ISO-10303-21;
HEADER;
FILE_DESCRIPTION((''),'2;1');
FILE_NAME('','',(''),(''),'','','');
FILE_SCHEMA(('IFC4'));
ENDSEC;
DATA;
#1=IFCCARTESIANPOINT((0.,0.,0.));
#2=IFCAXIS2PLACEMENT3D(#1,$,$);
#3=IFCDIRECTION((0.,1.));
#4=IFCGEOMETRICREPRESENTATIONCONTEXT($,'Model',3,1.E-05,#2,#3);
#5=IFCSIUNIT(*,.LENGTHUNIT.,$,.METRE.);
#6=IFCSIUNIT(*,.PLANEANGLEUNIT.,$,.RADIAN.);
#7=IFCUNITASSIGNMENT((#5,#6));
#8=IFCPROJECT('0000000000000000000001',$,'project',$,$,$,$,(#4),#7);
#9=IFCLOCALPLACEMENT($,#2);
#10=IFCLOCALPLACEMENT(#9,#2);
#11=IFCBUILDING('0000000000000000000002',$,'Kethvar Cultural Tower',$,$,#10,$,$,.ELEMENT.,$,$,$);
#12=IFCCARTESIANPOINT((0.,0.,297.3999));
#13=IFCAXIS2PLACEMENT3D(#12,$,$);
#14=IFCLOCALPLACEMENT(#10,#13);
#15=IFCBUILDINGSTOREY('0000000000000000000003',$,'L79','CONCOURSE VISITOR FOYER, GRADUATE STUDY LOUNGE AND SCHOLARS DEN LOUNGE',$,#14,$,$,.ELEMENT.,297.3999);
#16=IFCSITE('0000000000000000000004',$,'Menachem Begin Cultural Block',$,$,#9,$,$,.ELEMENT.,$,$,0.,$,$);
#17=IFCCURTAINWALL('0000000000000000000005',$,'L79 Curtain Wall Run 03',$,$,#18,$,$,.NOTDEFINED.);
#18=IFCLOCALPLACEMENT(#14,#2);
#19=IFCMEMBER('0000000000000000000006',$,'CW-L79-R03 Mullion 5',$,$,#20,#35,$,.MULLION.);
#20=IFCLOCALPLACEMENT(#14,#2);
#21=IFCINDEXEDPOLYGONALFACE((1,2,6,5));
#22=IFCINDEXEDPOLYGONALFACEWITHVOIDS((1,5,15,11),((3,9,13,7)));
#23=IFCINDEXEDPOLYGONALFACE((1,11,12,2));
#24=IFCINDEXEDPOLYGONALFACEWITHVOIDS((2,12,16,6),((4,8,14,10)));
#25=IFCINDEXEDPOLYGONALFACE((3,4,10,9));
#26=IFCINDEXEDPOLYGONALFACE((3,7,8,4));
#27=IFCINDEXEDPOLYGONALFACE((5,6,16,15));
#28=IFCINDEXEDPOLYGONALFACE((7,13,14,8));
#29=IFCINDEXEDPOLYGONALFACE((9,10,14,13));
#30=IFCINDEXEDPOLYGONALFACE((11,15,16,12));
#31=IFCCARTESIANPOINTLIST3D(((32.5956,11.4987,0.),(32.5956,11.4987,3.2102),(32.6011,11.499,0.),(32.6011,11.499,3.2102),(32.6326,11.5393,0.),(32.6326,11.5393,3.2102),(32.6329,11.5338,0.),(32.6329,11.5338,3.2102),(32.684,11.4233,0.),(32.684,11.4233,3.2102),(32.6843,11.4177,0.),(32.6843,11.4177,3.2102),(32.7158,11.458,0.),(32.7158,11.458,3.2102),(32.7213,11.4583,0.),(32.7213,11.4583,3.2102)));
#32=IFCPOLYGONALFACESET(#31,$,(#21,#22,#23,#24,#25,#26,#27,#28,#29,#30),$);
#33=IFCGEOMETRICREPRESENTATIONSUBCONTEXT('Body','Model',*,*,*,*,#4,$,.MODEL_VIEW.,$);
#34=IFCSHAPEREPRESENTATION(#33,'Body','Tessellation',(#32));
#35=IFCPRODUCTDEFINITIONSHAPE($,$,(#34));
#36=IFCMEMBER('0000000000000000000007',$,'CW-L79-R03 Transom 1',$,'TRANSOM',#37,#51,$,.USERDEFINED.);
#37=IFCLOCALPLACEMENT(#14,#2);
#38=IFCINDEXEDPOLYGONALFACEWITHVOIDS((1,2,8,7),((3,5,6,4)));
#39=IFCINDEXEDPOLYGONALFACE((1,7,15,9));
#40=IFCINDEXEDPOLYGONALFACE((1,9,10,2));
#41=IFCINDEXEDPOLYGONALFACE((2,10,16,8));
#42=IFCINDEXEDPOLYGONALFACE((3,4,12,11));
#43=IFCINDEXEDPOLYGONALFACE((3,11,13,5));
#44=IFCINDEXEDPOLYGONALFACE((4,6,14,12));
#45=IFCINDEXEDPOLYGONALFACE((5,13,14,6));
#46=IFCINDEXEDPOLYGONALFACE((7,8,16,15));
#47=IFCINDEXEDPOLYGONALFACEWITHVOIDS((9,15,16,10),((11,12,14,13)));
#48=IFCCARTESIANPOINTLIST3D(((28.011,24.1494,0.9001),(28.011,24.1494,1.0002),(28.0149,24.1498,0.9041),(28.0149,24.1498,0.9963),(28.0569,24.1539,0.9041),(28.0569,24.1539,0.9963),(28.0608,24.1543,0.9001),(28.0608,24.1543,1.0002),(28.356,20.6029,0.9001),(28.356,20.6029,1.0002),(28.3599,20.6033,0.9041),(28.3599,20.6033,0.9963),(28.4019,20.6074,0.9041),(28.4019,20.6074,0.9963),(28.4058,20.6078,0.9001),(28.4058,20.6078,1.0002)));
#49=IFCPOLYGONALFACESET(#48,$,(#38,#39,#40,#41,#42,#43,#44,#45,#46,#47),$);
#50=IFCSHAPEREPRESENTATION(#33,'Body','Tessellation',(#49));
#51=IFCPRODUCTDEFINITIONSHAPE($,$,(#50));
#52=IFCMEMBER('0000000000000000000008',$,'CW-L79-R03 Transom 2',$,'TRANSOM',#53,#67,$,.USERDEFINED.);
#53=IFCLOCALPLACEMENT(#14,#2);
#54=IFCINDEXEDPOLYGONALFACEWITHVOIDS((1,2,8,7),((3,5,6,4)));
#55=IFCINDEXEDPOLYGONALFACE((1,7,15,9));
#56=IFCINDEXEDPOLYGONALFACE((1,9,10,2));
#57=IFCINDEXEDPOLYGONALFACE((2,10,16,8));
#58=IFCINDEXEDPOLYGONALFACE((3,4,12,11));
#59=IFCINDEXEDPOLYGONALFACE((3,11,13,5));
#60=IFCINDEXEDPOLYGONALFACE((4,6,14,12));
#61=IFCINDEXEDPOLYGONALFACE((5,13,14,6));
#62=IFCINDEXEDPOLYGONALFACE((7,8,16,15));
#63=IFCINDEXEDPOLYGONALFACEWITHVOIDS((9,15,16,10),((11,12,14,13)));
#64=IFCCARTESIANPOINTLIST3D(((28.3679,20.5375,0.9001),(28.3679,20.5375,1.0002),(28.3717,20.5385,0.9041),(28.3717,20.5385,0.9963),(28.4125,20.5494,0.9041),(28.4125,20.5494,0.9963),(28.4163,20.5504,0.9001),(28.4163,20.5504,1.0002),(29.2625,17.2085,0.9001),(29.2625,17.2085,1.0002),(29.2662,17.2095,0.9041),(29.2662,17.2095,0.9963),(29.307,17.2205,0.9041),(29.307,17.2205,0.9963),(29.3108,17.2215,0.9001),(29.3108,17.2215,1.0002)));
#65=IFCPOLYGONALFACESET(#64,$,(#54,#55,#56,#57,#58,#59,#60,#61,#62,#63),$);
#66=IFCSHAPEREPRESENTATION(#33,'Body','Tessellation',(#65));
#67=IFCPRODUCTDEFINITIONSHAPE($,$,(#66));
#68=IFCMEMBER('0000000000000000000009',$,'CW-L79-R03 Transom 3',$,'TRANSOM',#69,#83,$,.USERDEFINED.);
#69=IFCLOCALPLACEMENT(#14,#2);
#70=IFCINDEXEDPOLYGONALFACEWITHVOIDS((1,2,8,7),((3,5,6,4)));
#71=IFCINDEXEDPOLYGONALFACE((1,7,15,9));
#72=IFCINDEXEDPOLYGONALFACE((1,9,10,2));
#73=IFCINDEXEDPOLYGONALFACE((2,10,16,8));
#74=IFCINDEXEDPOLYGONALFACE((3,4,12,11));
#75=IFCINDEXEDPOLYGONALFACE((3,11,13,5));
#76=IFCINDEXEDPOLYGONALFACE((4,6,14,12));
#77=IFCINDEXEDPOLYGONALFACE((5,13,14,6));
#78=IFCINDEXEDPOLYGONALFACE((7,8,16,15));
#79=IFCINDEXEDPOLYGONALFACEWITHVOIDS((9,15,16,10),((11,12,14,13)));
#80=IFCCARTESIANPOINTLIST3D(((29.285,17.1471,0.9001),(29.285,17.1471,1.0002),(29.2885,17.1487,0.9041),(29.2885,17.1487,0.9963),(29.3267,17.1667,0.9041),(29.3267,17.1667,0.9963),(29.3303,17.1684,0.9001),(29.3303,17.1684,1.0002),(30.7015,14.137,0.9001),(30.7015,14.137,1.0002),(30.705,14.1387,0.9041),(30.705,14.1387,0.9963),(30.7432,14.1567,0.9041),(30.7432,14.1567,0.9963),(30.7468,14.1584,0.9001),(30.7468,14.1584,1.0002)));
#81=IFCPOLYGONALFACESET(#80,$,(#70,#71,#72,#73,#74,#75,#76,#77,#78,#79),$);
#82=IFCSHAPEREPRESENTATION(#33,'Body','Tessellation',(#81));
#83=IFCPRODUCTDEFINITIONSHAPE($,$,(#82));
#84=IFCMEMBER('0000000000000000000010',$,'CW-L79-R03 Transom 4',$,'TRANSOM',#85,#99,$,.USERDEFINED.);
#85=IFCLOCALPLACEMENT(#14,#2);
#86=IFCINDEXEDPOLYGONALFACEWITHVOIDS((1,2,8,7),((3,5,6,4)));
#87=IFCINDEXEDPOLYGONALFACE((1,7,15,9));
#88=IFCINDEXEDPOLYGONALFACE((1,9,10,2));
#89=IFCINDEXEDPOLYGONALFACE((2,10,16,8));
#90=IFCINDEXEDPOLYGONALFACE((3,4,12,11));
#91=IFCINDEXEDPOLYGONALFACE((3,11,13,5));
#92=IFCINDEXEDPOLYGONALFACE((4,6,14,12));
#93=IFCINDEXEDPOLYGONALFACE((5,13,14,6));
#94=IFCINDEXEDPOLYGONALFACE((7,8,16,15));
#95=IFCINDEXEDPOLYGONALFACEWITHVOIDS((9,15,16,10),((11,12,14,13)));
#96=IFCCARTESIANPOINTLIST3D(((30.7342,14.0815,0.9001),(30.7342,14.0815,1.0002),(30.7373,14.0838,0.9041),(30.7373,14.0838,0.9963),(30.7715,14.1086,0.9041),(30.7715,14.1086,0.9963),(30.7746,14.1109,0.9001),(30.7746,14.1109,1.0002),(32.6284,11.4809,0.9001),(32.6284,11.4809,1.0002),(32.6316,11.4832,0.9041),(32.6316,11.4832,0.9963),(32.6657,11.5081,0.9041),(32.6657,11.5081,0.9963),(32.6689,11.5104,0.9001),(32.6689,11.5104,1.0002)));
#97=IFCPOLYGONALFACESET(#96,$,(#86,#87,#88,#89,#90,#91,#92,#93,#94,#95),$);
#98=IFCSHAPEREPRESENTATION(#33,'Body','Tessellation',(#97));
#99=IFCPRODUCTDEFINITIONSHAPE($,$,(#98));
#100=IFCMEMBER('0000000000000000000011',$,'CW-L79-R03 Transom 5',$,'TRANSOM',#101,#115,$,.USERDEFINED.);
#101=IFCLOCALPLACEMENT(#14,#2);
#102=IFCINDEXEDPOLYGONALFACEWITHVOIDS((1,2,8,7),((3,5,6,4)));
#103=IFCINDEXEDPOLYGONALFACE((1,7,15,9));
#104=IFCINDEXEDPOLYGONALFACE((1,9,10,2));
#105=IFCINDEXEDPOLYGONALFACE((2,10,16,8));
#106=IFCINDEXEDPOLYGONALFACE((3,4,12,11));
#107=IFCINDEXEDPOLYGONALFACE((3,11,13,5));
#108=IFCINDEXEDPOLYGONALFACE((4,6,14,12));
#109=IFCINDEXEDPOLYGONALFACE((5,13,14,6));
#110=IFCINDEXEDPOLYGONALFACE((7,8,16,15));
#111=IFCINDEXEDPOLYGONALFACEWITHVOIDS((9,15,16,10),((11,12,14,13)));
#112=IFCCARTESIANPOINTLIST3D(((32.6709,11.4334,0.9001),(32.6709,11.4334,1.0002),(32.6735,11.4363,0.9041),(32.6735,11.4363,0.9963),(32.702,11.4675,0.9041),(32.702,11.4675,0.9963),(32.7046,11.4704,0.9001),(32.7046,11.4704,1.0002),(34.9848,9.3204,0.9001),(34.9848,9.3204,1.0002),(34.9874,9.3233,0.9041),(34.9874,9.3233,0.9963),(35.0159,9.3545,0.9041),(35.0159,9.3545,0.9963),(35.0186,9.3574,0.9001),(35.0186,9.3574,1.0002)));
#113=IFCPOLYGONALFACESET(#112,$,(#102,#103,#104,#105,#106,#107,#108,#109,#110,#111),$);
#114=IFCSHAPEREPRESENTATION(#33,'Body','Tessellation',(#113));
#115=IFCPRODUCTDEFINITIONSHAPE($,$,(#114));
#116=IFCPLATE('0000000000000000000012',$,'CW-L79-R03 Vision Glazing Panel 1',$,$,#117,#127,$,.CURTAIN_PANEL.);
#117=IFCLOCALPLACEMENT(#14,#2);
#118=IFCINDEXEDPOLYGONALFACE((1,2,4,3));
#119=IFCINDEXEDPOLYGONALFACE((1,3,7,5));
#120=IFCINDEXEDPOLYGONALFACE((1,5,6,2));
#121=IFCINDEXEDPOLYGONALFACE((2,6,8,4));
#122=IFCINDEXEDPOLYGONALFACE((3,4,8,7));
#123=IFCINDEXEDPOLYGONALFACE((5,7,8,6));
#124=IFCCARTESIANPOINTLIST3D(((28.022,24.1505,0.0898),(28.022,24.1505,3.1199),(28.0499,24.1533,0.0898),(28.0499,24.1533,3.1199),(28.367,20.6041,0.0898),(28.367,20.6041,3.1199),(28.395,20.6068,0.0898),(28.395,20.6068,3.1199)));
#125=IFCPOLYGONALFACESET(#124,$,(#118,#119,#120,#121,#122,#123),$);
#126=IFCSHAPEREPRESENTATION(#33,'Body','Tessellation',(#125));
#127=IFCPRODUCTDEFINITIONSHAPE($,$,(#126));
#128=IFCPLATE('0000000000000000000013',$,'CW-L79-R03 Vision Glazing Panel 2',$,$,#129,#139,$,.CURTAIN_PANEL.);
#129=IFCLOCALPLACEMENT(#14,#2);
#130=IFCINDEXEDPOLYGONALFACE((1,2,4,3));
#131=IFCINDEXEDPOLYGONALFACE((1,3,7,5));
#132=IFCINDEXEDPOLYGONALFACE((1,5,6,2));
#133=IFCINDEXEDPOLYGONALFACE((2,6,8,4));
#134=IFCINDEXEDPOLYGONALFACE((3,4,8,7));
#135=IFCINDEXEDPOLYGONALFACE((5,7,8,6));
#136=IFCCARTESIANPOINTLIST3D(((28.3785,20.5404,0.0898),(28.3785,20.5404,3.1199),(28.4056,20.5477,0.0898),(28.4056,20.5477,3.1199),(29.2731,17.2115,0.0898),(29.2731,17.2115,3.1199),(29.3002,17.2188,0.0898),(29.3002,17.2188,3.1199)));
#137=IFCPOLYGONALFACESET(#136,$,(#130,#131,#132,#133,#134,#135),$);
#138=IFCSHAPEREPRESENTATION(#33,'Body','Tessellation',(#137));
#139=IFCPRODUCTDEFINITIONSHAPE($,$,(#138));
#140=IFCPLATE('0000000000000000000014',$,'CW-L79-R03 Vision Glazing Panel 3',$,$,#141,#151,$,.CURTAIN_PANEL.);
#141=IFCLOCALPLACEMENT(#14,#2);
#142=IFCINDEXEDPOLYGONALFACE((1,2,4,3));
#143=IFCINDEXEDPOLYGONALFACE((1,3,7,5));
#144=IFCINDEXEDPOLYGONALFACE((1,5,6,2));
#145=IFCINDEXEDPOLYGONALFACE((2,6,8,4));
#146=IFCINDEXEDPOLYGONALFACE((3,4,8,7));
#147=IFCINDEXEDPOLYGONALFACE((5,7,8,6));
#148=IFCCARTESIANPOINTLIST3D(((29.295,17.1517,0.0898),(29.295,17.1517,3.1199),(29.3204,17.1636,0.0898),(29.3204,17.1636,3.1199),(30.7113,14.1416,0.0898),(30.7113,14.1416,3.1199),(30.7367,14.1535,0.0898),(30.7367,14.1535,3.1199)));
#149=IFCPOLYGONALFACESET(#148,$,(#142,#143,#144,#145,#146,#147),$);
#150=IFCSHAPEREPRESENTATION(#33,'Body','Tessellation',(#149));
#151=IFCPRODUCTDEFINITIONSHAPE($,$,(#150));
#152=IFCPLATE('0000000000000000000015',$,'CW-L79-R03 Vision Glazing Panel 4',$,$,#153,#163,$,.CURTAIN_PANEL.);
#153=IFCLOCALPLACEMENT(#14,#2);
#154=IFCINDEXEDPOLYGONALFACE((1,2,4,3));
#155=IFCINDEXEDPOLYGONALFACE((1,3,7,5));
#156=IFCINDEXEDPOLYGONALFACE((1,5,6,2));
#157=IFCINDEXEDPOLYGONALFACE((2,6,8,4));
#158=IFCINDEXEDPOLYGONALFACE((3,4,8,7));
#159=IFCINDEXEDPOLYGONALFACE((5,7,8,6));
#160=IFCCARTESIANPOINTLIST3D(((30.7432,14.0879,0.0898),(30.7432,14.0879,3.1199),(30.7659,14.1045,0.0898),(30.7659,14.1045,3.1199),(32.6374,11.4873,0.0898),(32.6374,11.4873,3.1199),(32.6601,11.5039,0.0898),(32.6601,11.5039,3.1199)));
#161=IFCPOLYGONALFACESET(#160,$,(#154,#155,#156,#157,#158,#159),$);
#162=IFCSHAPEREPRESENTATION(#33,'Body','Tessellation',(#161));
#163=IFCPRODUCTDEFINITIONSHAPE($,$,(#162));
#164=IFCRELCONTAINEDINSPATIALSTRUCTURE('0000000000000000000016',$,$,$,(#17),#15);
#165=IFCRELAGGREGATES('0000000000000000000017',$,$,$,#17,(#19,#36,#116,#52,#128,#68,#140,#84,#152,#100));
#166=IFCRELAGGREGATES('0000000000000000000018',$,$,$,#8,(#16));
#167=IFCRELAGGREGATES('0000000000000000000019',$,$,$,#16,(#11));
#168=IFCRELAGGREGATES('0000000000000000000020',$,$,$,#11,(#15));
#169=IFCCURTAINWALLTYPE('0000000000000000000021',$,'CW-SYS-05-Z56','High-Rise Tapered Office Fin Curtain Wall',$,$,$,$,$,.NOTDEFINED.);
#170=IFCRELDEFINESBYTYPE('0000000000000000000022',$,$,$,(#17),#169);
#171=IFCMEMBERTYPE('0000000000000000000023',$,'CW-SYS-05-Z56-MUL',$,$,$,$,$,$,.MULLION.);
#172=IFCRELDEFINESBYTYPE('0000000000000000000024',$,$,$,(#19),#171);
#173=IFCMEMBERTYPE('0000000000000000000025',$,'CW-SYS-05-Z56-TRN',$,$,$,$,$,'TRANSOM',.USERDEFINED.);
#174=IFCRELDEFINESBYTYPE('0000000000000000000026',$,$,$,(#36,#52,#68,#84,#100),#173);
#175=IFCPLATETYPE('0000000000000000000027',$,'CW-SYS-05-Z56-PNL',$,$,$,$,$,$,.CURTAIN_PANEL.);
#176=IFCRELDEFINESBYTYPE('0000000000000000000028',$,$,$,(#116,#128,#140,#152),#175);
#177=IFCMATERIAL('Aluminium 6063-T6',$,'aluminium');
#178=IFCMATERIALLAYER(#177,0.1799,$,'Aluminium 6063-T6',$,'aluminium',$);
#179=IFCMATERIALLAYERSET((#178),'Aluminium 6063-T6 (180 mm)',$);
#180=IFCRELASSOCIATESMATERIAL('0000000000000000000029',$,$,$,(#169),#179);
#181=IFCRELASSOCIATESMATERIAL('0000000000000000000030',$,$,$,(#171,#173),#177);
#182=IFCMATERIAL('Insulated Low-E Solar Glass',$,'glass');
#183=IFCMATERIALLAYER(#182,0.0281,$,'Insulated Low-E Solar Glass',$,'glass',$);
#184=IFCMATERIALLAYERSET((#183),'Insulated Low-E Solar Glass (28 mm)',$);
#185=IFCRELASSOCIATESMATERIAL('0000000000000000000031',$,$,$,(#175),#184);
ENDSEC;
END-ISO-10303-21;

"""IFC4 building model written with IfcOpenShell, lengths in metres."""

from ifc_helpers import new_model, si_unit, direction, frame, origin, origin_2d, place, context, subcontext, project, spatial, rectangle, hollow_rectangle, extrude, source, transform, mapped, material, layer, layer_set, material_profile, profile_set, type_object, element, aggregate, save


model = new_model("IFC4")

# Units and contexts
model_context = context("Model", 3, precision=1e-05, world=origin(), true_north=direction((0.0, 1.0)))
body_context = subcontext(model_context, "Body", "Model", "MODEL_VIEW")
ifc_project = project(units=[si_unit("LENGTHUNIT", "METRE"), si_unit("PLANEANGLEUNIT", "RADIAN")], contexts=[model_context])

# Site, building, storey
site_placement = place(None, origin())
site = spatial("IfcSite", under=ifc_project, at=site_placement, Name="Menachem Begin Cultural Block", CompositionType="ELEMENT", RefElevation=0.0)
building_placement = place(site_placement, origin())
building = spatial("IfcBuilding", under=site, at=building_placement, Name="Kethvar Cultural Tower", CompositionType="ELEMENT")
storey_placement = place(building_placement, frame((0.0, 0.0, 297.3999)))
storey = spatial("IfcBuildingStorey", under=building, at=storey_placement, Name="L79", Description="CONCOURSE VISITOR FOYER, GRADUATE STUDY LOUNGE AND SCHOLARS DEN LOUNGE", CompositionType="ELEMENT", Elevation=297.3999)

# Shared definitions
ifc_material_1 = material(Name="Aluminium 6063-T6", Category="aluminium")
ifc_layer_1 = layer(ifc_material_1, 0.1799, Name="Aluminium 6063-T6", Category="aluminium")
ifc_layer_set_1 = layer_set([ifc_layer_1], Name="Aluminium 6063-T6 (180 mm)")
curtain_wall_type = type_object("IfcCurtainWallType", Name="CW-SYS-05-Z56", Description="High-Rise Tapered Office Fin Curtain Wall", PredefinedType="NOTDEFINED", material=ifc_layer_set_1)
ifc_material_profile_1 = material_profile(ifc_material_1, hollow_rectangle(XDim=0.0549, YDim=0.1201, WallThickness=0.0039, at=origin_2d()), Name="Aluminium 6063-T6 — RHS120x55x4")
ifc_profile_set_1 = profile_set([ifc_material_profile_1], Name="Aluminium 6063-T6 — RHS120x55x4")
member_type_1 = type_object("IfcMemberType", Name="CW-SYS-05-Z56-MUL", PredefinedType="MULLION", material=ifc_profile_set_1)
shared_shape_1 = source(origin(), body_context, "Body", "SweptSolid", [
    extrude(hollow_rectangle(XDim=0.0549, YDim=0.1201, WallThickness=0.0039, at=origin_2d()), origin(), (0.0, 0.0, 1.0), 3.2102),
])

# Curtain wall, members, plates
curtain_wall_1_placement = place(storey_placement, origin())
curtain_wall_1 = element("IfcCurtainWall", 1, at=curtain_wall_1_placement, inside=storey, type_object=curtain_wall_type, Name="L79 Curtain Wall Run 03", PredefinedType="NOTDEFINED")
member_1_placement = place(storey_placement, frame((32.6584, 11.4785, 0.0), z_axis=(0.0, 0.0, 1.0), x_axis=(0.674315, 0.738444, 0.0)))
member_1 = element("IfcMember", 2, at=member_1_placement, type_object=member_type_1, Name="CW-L79-R03 Mullion 5", PredefinedType="MULLION", context=body_context, shape_type="MappedRepresentation", body=[
    mapped(shared_shape_1, transform((0.0, 0.0, 0.0), scale=1.0)),
])
ifc_material_profile_2 = material_profile(ifc_material_1, hollow_rectangle(XDim=0.05, YDim=0.1001, WallThickness=0.0039, at=origin_2d()), Name="Aluminium 6063-T6 — RHS100x50x4")
ifc_profile_set_2 = profile_set([ifc_material_profile_2], Name="Aluminium 6063-T6 — RHS100x50x4")
member_type_2 = type_object("IfcMemberType", Name="CW-SYS-05-Z56-TRN", ElementType="TRANSOM", PredefinedType="USERDEFINED", material=ifc_profile_set_2)
shared_shape_2 = source(origin(), body_context, "Body", "SweptSolid", [
    extrude(hollow_rectangle(XDim=0.05, YDim=0.1001, WallThickness=0.0039, at=origin_2d()), origin(), (0.0, 0.0, 1.0), 3.5632),
])
member_2_placement = place(storey_placement, frame((28.0359, 24.1519, 0.9502), z_axis=(0.096817, -0.995302, 0.0), x_axis=(0.995302, 0.096817, 0.0)))
member_2 = element("IfcMember", 3, at=member_2_placement, type_object=member_type_2, Name="CW-L79-R03 Transom 1", ObjectType="TRANSOM", PredefinedType="USERDEFINED", context=body_context, shape_type="MappedRepresentation", body=[
    mapped(shared_shape_2, transform((0.0, 0.0, 0.0), scale=1.0)),
])
shared_shape_3 = source(origin(), body_context, "Body", "SweptSolid", [
    extrude(hollow_rectangle(XDim=0.05, YDim=0.1001, WallThickness=0.0039, at=origin_2d()), origin(), (0.0, 0.0, 1.0), 3.447),
])
member_3_placement = place(storey_placement, frame((28.3921, 20.5439, 0.9502), z_axis=(0.259514, -0.965739, 0.0), x_axis=(0.965739, 0.259514, 0.0)))
member_3 = element("IfcMember", 4, at=member_3_placement, type_object=member_type_2, Name="CW-L79-R03 Transom 2", ObjectType="TRANSOM", PredefinedType="USERDEFINED", context=body_context, shape_type="MappedRepresentation", body=[
    mapped(shared_shape_3, transform((0.0, 0.0, 0.0), scale=1.0)),
])
shared_shape_4 = source(origin(), body_context, "Body", "SweptSolid", [
    extrude(hollow_rectangle(XDim=0.05, YDim=0.1001, WallThickness=0.0039, at=origin_2d()), origin(), (0.0, 0.0, 1.0), 3.3267),
])
member_4_placement = place(storey_placement, frame((29.3076, 17.1577, 0.9502), z_axis=(0.425804, -0.904815, 0.0), x_axis=(0.904815, 0.425804, 0.0)))
member_4 = element("IfcMember", 5, at=member_4_placement, type_object=member_type_2, Name="CW-L79-R03 Transom 3", ObjectType="TRANSOM", PredefinedType="USERDEFINED", context=body_context, shape_type="MappedRepresentation", body=[
    mapped(shared_shape_4, transform((0.0, 0.0, 0.0), scale=1.0)),
])
shared_shape_5 = source(origin(), body_context, "Body", "SweptSolid", [
    extrude(hollow_rectangle(XDim=0.05, YDim=0.1001, WallThickness=0.0039, at=origin_2d()), origin(), (0.0, 0.0, 1.0), 3.2173),
])
member_5_placement = place(storey_placement, frame((30.7544, 14.0962, 0.9502), z_axis=(0.588772, -0.808299, 0.0), x_axis=(0.808299, 0.588772, 0.0)))
member_5 = element("IfcMember", 6, at=member_5_placement, type_object=member_type_2, Name="CW-L79-R03 Transom 4", ObjectType="TRANSOM", PredefinedType="USERDEFINED", context=body_context, shape_type="MappedRepresentation", body=[
    mapped(shared_shape_5, transform((0.0, 0.0, 0.0), scale=1.0)),
])
shared_shape_6 = source(origin(), body_context, "Body", "SweptSolid", [
    extrude(hollow_rectangle(XDim=0.05, YDim=0.1001, WallThickness=0.0039, at=origin_2d()), origin(), (0.0, 0.0, 1.0), 3.1335),
])
member_6_placement = place(storey_placement, frame((32.6877, 11.4519, 0.9502), z_axis=(0.73844, -0.674319, 0.0), x_axis=(0.674319, 0.73844, 0.0)))
member_6 = element("IfcMember", 7, at=member_6_placement, type_object=member_type_2, Name="CW-L79-R03 Transom 5", ObjectType="TRANSOM", PredefinedType="USERDEFINED", context=body_context, shape_type="MappedRepresentation", body=[
    mapped(shared_shape_6, transform((0.0, 0.0, 0.0), scale=1.0)),
])
ifc_material_2 = material(Name="Insulated Low-E Solar Glass", Category="glass")
ifc_layer_2 = layer(ifc_material_2, 0.0281, Name="Insulated Low-E Solar Glass", Category="glass")
ifc_layer_set_2 = layer_set([ifc_layer_2], Name="Insulated Low-E Solar Glass (28 mm)")
plate_type = type_object("IfcPlateType", Name="CW-SYS-05-Z56-PNL", PredefinedType="CURTAIN_PANEL", material=ifc_layer_set_2)
shared_shape_7 = source(origin(), body_context, "Body", "SweptSolid", [
    extrude(rectangle(XDim=3.5632, YDim=0.0281, at=origin_2d()), origin(), (0.0, 0.0, 1.0), 3.03),
])
plate_1_placement = place(storey_placement, frame((28.2085, 22.3787, 0.0898), z_axis=(0.0, 0.0, 1.0), x_axis=(0.096836, -0.9953, 0.0)))
plate_1 = element("IfcPlate", 8, at=plate_1_placement, type_object=plate_type, Name="CW-L79-R03 Vision Glazing Panel 1", PredefinedType="CURTAIN_PANEL", context=body_context, shape_type="MappedRepresentation", body=[
    mapped(shared_shape_7, transform((0.0, 0.0, 0.0), scale=1.0)),
])
shared_shape_8 = source(origin(), body_context, "Body", "SweptSolid", [
    extrude(rectangle(XDim=3.447, YDim=0.0281, at=origin_2d()), origin(), (0.0, 0.0, 1.0), 3.03),
])
plate_2_placement = place(storey_placement, frame((28.8394, 18.8796, 0.0898), z_axis=(0.0, 0.0, 1.0), x_axis=(0.259544, -0.965731, 0.0)))
plate_2 = element("IfcPlate", 9, at=plate_2_placement, type_object=plate_type, Name="CW-L79-R03 Vision Glazing Panel 2", PredefinedType="CURTAIN_PANEL", context=body_context, shape_type="MappedRepresentation", body=[
    mapped(shared_shape_8, transform((0.0, 0.0, 0.0), scale=1.0)),
])
shared_shape_9 = source(origin(), body_context, "Body", "SweptSolid", [
    extrude(rectangle(XDim=3.3267, YDim=0.0281, at=origin_2d()), origin(), (0.0, 0.0, 1.0), 3.03),
])
plate_3_placement = place(storey_placement, frame((30.0159, 15.6526, 0.0898), z_axis=(0.0, 0.0, 1.0), x_axis=(0.425748, -0.904842, 0.0)))
plate_3 = element("IfcPlate", 10, at=plate_3_placement, type_object=plate_type, Name="CW-L79-R03 Vision Glazing Panel 3", PredefinedType="CURTAIN_PANEL", context=body_context, shape_type="MappedRepresentation", body=[
    mapped(shared_shape_9, transform((0.0, 0.0, 0.0), scale=1.0)),
])
shared_shape_10 = source(origin(), body_context, "Body", "SweptSolid", [
    extrude(rectangle(XDim=3.2173, YDim=0.0281, at=origin_2d()), origin(), (0.0, 0.0, 1.0), 3.03),
])
plate_4_placement = place(storey_placement, frame((31.7017, 12.7959, 0.0898), z_axis=(0.0, 0.0, 1.0), x_axis=(0.588745, -0.808319, 0.0)))
plate_4 = element("IfcPlate", 11, at=plate_4_placement, type_object=plate_type, Name="CW-L79-R03 Vision Glazing Panel 4", PredefinedType="CURTAIN_PANEL", context=body_context, shape_type="MappedRepresentation", body=[
    mapped(shared_shape_10, transform((0.0, 0.0, 0.0), scale=1.0)),
])
aggregate(curtain_wall_1, [member_1, member_2, plate_1, member_3, plate_2, member_4, plate_3, member_5, plate_4, member_6])

save(model, "model.ifc")
